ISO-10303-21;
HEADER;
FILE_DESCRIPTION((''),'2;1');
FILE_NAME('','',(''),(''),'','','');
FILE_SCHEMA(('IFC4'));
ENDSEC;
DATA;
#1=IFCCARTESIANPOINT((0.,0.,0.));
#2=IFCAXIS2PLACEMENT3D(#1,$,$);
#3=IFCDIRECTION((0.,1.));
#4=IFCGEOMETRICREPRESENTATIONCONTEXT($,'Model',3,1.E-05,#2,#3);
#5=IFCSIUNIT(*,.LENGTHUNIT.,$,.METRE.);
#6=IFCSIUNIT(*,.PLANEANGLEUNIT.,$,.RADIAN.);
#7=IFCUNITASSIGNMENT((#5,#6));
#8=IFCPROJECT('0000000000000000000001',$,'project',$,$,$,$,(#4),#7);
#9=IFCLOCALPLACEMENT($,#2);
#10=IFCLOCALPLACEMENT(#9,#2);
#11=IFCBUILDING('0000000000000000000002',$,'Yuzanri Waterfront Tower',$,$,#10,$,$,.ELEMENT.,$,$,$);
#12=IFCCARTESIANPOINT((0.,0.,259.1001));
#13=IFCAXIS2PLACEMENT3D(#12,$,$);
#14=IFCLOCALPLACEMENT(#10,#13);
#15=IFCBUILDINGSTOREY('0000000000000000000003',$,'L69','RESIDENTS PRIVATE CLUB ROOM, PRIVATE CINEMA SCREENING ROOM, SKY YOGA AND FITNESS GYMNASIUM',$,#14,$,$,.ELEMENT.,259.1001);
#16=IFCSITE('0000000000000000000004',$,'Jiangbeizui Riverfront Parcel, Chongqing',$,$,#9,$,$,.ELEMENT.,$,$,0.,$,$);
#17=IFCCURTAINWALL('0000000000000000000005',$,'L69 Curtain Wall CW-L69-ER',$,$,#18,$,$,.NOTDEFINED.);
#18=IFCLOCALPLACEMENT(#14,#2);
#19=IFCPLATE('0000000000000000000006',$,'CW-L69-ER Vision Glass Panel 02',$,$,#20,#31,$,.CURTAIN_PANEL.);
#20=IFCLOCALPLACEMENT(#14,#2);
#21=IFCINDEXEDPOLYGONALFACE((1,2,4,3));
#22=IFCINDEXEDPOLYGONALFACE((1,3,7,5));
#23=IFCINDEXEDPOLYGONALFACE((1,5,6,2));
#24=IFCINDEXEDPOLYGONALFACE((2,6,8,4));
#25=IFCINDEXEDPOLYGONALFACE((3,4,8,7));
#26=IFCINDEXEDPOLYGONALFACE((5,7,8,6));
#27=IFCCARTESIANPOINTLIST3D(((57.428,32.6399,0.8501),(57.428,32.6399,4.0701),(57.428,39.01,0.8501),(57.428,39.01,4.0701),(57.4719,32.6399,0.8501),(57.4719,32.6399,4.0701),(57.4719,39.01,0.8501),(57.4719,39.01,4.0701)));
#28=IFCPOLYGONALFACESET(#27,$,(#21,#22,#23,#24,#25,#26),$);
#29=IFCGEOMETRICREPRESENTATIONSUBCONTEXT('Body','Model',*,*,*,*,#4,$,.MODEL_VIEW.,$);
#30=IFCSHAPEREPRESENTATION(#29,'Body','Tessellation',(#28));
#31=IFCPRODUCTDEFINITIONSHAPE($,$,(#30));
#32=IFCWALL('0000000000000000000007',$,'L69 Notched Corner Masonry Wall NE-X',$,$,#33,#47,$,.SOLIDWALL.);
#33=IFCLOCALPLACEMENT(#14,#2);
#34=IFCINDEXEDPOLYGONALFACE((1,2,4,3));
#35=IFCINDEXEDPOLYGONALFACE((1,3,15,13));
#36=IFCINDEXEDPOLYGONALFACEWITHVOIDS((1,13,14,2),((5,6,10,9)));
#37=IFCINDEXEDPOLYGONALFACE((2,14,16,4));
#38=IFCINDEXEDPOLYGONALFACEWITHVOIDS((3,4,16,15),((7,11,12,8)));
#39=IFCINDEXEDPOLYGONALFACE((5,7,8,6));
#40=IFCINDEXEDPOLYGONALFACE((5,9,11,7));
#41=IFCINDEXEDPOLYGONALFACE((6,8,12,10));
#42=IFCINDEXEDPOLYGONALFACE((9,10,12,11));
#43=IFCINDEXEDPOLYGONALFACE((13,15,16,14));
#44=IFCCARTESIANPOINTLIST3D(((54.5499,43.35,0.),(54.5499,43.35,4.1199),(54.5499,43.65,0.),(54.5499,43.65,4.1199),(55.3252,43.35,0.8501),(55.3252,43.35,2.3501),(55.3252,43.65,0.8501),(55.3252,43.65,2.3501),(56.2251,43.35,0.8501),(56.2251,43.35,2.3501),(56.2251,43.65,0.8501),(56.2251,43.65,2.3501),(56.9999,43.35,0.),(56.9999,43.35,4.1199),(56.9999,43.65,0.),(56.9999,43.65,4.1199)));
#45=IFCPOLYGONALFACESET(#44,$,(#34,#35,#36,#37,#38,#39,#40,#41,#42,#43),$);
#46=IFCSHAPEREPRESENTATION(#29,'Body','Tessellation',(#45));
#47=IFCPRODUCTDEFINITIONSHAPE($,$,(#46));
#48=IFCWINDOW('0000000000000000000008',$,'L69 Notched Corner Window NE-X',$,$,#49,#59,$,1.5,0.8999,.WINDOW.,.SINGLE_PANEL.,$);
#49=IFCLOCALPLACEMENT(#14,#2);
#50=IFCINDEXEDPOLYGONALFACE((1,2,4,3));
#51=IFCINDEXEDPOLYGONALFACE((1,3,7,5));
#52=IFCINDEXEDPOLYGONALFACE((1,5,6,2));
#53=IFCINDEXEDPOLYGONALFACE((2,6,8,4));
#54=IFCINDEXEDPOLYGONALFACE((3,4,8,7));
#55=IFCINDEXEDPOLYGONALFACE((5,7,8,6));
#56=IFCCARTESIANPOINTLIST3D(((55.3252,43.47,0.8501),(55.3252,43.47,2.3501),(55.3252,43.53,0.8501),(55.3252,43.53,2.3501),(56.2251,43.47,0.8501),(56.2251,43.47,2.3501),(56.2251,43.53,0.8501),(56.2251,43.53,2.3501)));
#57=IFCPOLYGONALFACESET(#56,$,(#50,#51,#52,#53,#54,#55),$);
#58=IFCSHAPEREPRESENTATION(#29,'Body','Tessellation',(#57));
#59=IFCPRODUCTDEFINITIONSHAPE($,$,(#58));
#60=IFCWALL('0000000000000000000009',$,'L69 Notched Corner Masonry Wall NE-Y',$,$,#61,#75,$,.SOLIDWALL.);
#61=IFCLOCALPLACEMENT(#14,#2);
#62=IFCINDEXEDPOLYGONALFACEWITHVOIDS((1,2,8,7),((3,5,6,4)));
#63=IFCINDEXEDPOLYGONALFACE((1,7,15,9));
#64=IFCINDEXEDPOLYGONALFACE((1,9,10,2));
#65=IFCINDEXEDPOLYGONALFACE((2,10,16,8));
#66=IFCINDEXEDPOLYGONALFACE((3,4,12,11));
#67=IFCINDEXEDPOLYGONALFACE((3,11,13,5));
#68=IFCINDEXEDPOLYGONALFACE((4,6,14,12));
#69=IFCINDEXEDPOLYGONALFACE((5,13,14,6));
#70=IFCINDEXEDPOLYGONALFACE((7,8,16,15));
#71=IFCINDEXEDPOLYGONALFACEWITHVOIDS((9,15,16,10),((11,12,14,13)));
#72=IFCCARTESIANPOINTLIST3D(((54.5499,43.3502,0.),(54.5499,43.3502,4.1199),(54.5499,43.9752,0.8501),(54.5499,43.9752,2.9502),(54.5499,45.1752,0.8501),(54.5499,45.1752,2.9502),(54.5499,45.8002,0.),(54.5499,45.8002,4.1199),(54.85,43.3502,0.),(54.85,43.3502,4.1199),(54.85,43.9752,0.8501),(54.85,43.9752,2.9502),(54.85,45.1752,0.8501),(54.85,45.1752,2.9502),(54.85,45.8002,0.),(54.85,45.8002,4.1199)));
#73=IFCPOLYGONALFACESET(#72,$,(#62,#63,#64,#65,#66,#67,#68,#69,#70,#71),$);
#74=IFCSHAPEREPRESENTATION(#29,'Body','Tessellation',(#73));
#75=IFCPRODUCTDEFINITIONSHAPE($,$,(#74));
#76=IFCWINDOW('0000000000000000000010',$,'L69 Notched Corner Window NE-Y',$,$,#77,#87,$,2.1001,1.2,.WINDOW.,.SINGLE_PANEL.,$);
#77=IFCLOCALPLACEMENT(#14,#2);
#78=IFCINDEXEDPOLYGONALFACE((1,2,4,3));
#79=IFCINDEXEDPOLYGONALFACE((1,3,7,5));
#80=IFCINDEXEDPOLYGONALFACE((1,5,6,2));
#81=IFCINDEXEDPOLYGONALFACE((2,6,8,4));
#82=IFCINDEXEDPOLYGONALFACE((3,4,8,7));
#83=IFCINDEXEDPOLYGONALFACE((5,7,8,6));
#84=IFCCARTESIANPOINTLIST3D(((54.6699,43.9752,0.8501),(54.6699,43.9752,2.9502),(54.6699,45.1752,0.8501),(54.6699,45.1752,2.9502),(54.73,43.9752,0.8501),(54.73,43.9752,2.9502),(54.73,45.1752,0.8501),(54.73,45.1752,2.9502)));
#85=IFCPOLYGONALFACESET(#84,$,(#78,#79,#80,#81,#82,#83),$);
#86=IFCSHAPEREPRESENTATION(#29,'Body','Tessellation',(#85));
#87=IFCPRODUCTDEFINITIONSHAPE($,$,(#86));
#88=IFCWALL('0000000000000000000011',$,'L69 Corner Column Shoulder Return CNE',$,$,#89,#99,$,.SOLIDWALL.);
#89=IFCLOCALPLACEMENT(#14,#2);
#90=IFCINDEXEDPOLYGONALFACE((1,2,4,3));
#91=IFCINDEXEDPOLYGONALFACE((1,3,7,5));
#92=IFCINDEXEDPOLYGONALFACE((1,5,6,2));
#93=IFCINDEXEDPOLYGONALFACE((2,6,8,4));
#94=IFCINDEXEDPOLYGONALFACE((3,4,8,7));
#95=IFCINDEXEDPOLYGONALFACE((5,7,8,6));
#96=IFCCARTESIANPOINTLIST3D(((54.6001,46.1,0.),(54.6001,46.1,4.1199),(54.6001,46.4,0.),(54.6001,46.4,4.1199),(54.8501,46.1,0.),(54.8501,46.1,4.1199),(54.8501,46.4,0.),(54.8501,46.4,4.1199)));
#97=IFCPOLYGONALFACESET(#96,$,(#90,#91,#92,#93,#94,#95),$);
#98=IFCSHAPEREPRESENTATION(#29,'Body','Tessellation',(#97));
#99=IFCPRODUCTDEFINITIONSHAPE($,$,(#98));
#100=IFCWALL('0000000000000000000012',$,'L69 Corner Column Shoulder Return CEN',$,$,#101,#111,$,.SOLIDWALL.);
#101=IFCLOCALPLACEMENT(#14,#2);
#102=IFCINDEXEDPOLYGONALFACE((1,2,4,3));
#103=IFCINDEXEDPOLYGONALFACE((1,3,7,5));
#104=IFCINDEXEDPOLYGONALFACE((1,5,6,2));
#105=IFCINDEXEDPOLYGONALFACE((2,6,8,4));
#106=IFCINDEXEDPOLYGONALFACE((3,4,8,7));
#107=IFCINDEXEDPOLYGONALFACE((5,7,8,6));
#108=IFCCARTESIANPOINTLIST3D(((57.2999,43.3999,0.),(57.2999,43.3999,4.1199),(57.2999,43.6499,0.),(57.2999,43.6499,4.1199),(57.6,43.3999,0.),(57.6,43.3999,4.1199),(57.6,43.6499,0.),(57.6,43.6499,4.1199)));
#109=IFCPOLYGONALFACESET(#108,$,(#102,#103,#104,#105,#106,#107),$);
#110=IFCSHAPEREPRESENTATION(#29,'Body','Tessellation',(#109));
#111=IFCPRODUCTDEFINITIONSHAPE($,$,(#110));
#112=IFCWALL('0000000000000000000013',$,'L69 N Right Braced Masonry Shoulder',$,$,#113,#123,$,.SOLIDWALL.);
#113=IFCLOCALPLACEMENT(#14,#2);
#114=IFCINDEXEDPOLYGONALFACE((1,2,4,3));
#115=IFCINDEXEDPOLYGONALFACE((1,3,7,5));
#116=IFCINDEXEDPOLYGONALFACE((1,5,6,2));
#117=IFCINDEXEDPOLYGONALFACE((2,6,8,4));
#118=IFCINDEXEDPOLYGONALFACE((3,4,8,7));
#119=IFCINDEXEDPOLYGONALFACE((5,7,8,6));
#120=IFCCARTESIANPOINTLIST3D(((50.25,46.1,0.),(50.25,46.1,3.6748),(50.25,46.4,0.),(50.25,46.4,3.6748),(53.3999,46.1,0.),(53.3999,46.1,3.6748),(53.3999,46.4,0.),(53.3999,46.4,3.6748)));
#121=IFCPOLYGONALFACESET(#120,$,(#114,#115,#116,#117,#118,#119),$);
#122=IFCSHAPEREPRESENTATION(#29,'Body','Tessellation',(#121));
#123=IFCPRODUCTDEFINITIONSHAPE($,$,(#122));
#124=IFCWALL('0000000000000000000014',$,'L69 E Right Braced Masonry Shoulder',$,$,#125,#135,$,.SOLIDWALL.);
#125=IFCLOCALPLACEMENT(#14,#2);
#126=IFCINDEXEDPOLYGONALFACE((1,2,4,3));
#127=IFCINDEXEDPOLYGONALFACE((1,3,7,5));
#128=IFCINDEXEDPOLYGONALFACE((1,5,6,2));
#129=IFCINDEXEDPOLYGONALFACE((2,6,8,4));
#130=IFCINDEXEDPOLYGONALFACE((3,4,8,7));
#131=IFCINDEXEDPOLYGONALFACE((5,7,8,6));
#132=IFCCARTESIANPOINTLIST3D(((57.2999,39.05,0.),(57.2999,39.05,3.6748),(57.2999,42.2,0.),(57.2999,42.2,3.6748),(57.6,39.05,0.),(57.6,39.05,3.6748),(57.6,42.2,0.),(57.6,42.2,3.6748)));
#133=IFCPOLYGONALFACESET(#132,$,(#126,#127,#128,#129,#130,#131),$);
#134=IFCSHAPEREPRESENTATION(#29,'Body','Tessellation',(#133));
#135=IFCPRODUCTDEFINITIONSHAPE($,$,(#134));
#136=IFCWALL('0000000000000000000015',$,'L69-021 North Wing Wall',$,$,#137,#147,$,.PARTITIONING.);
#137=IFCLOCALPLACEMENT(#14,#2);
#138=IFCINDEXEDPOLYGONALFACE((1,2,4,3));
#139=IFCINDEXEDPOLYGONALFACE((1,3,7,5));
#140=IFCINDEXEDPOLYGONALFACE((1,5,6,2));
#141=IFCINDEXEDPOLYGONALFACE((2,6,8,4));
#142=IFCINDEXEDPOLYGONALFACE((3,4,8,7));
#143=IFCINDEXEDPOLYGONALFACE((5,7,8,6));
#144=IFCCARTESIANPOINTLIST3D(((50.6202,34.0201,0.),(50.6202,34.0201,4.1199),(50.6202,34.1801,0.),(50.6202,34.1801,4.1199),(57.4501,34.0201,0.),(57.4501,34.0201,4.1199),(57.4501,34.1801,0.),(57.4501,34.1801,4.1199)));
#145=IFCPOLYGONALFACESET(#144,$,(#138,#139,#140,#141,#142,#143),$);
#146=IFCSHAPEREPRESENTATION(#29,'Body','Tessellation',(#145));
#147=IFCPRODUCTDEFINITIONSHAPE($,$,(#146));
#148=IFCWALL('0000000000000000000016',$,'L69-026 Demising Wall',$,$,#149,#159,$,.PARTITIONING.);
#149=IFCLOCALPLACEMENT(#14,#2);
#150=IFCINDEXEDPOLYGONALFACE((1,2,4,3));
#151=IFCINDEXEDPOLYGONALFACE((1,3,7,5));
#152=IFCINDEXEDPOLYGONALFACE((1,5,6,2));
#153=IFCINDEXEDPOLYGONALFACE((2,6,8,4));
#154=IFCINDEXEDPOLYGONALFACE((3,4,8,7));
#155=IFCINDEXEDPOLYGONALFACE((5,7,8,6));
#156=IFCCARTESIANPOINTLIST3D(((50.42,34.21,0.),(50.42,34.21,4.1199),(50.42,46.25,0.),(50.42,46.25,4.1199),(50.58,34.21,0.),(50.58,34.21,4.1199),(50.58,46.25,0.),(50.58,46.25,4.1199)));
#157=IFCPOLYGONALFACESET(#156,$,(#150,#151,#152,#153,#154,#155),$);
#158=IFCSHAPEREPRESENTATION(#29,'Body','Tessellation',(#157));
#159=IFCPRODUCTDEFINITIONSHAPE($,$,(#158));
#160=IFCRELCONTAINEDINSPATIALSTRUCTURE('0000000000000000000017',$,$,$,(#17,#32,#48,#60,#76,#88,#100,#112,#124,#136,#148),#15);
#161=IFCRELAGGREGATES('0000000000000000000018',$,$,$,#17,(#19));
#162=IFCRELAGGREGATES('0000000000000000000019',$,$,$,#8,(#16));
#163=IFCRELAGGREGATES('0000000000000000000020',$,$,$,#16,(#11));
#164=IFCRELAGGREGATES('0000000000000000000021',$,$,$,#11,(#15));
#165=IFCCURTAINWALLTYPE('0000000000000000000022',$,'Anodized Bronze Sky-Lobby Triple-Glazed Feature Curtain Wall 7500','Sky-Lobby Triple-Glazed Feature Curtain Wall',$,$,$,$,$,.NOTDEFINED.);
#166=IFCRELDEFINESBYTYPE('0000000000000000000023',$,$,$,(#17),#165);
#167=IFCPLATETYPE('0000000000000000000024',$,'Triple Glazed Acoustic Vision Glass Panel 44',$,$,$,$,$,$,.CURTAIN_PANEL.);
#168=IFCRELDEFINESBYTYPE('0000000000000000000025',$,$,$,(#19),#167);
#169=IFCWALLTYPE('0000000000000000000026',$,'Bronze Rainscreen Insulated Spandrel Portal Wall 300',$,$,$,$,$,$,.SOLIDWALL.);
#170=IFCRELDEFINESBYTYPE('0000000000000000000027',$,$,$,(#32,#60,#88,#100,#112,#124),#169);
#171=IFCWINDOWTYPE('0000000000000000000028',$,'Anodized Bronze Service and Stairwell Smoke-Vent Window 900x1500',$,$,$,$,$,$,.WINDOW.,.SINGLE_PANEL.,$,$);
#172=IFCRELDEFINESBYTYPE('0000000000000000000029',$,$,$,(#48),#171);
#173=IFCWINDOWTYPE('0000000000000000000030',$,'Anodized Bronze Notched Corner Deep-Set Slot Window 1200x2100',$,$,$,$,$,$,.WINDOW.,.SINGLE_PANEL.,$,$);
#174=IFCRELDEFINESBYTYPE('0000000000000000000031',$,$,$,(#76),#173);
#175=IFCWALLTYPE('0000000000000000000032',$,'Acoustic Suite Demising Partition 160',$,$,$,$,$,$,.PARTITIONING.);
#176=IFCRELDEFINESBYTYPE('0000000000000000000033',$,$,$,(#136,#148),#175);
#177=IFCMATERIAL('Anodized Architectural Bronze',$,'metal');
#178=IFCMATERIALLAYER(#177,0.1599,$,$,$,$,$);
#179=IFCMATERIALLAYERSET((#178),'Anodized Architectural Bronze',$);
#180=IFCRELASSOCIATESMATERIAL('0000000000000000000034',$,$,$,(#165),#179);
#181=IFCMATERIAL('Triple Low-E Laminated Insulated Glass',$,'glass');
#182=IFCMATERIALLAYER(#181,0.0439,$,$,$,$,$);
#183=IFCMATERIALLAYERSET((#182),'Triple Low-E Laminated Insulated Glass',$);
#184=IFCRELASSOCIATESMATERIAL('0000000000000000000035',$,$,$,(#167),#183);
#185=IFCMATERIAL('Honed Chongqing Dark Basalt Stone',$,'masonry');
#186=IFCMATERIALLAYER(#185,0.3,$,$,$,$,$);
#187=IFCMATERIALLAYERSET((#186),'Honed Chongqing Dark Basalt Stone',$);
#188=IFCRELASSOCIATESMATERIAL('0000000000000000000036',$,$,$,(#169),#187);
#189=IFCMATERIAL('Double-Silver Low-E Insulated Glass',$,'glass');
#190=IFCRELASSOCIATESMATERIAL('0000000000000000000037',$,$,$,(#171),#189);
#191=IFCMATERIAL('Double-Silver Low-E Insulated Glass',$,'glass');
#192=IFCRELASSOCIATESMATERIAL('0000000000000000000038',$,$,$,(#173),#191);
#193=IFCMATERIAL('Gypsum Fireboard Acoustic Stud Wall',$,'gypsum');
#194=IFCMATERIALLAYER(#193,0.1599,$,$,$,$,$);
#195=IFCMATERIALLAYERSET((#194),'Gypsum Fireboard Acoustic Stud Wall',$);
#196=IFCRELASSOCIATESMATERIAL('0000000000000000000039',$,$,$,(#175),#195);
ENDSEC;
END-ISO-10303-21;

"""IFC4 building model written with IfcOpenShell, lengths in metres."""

from ifc_helpers import new_model, si_unit, direction, frame, frame_2d, origin, origin_2d, place, context, subcontext, project, spatial, rectangle, extrude, source, transform, mapped, material, layer, layer_set, type_object, element, fill, aggregate, save


model = new_model("IFC4")

# Units and contexts
model_context = context("Model", 3, precision=1e-05, world=origin(), true_north=direction((0.0, 1.0)))
body_context = subcontext(model_context, "Body", "Model", "MODEL_VIEW")
ifc_project = project(units=[si_unit("LENGTHUNIT", "METRE"), si_unit("PLANEANGLEUNIT", "RADIAN")], contexts=[model_context])

# Site, building, storey
site_placement = place(None, origin())
site = spatial("IfcSite", under=ifc_project, at=site_placement, Name="Jiangbeizui Riverfront Parcel, Chongqing", CompositionType="ELEMENT", RefElevation=0.0)
building_placement = place(site_placement, origin())
building = spatial("IfcBuilding", under=site, at=building_placement, Name="Yuzanri Waterfront Tower", CompositionType="ELEMENT")
storey_placement = place(building_placement, frame((0.0, 0.0, 259.1001)))
storey = spatial("IfcBuildingStorey", under=building, at=storey_placement, Name="L69", Description="RESIDENTS PRIVATE CLUB ROOM, PRIVATE CINEMA SCREENING ROOM, SKY YOGA AND FITNESS GYMNASIUM", CompositionType="ELEMENT", Elevation=259.1001)

# Shared definitions
ifc_material_1 = material(Name="Anodized Architectural Bronze", Category="metal")
ifc_layer_1 = layer(ifc_material_1, 0.1599)
ifc_layer_set_1 = layer_set([ifc_layer_1], Name="Anodized Architectural Bronze")
curtain_wall_type = type_object("IfcCurtainWallType", Name="Anodized Bronze Sky-Lobby Triple-Glazed Feature Curtain Wall 7500", Description="Sky-Lobby Triple-Glazed Feature Curtain Wall", PredefinedType="NOTDEFINED", material=ifc_layer_set_1)

# Curtain wall
curtain_wall_1_placement = place(storey_placement, origin())
curtain_wall_1 = element("IfcCurtainWall", 1, at=curtain_wall_1_placement, inside=storey, type_object=curtain_wall_type, Name="L69 Curtain Wall CW-L69-ER", PredefinedType="NOTDEFINED")

# Plate
ifc_material_2 = material(Name="Triple Low-E Laminated Insulated Glass", Category="glass")
ifc_layer_2 = layer(ifc_material_2, 0.0439)
ifc_layer_set_2 = layer_set([ifc_layer_2], Name="Triple Low-E Laminated Insulated Glass")
plate_type_1 = type_object("IfcPlateType", Name="Triple Glazed Acoustic Vision Glass Panel 44", PredefinedType="CURTAIN_PANEL", material=ifc_layer_set_2)
shared_shape_1 = source(origin(), body_context, "Body", "SweptSolid", [
    extrude(rectangle(XDim=6.3701, YDim=0.0439, at=origin_2d()), origin(), (0.0, 0.0, 1.0), 3.22),
])
plate_1_placement = place(storey_placement, frame((57.45, 35.825, 0.8501), z_axis=(0.0, 0.0, 1.0), x_axis=(0.0, 1.0, 0.0)))
plate_1 = element("IfcPlate", 2, at=plate_1_placement, type_object=plate_type_1, Name="CW-L69-ER Vision Glass Panel 02", PredefinedType="CURTAIN_PANEL", context=body_context, shape_type="MappedRepresentation", body=[
    mapped(shared_shape_1, transform((0.0, 0.0, 0.0), scale=1.0)),
])
aggregate(curtain_wall_1, [plate_1])

# Walls, openings, windows
ifc_material_3 = material(Name="Honed Chongqing Dark Basalt Stone", Category="masonry")
ifc_layer_3 = layer(ifc_material_3, 0.3)
ifc_layer_set_3 = layer_set([ifc_layer_3], Name="Honed Chongqing Dark Basalt Stone")
wall_type_1 = type_object("IfcWallType", Name="Bronze Rainscreen Insulated Spandrel Portal Wall 300", PredefinedType="SOLIDWALL", material=ifc_layer_set_3)
wall_1_placement = place(storey_placement, frame((57.0, 43.5, 0.0), z_axis=(0.0, 0.0, 1.0), x_axis=(-1.0, 0.0, 0.0)))
wall_1 = element("IfcWall", 3, at=wall_1_placement, inside=storey, type_object=wall_type_1, Name="L69 Notched Corner Masonry Wall NE-X", PredefinedType="SOLIDWALL", context=body_context, shape_type="SweptSolid", body=[
    extrude(rectangle(XDim=2.45, YDim=0.3, at=frame_2d((1.2251, 0.0))), origin(), (0.0, 0.0, 1.0), 4.1199),
])
opening_1_placement = place(wall_1_placement, frame((0.7749, 0.0, 0.8501)))
opening_1 = element("IfcOpeningElement", 4, at=opening_1_placement, cuts=wall_1, PredefinedType="OPENING", context=body_context, shape_type="SweptSolid", body=[
    extrude(rectangle(XDim=0.8999, YDim=1.5, at=frame_2d((0.45, 0.75))), frame((0.0, 0.165, 0.0), z_axis=(0.0, -1.0, 0.0), x_axis=(1.0, 0.0, 0.0)), (0.0, 0.0, 1.0), 0.3298),
])
ifc_material_4 = material(Name="Double-Silver Low-E Insulated Glass", Category="glass")
window_type_1 = type_object("IfcWindowType", Name="Anodized Bronze Service and Stairwell Smoke-Vent Window 900x1500", PartitioningType="SINGLE_PANEL", PredefinedType="WINDOW", material=ifc_material_4)
shared_shape_2 = source(origin(), body_context, "Body", "SweptSolid", [
    extrude(rectangle(XDim=0.8999, YDim=1.5, at=frame_2d((0.45, 0.75))), frame((0.0, 0.03, 0.0), z_axis=(0.0, -1.0, 0.0), x_axis=(1.0, 0.0, 0.0)), (0.0, 0.0, 1.0), 0.0601),
])
window_1_placement = place(opening_1_placement, origin())
window_1 = element("IfcWindow", 5, at=window_1_placement, inside=storey, type_object=window_type_1, Name="L69 Notched Corner Window NE-X", OverallHeight=1.5, OverallWidth=0.8999, PartitioningType="SINGLE_PANEL", PredefinedType="WINDOW", context=body_context, shape_type="MappedRepresentation", body=[
    mapped(shared_shape_2, transform((0.0, 0.0, 0.0), scale=1.0)),
])
fill(opening_1, window_1)
wall_2_placement = place(storey_placement, frame((54.7, 43.3501, 0.0), z_axis=(0.0, 0.0, 1.0), x_axis=(0.0, 1.0, 0.0)))
wall_2 = element("IfcWall", 6, at=wall_2_placement, inside=storey, type_object=wall_type_1, Name="L69 Notched Corner Masonry Wall NE-Y", PredefinedType="SOLIDWALL", context=body_context, shape_type="SweptSolid", body=[
    extrude(rectangle(XDim=2.45, YDim=0.3, at=frame_2d((1.2251, 0.0))), origin(), (0.0, 0.0, 1.0), 4.1199),
])
opening_2_placement = place(wall_2_placement, frame((0.625, 0.0, 0.8501)))
opening_2 = element("IfcOpeningElement", 7, at=opening_2_placement, cuts=wall_2, PredefinedType="OPENING", context=body_context, shape_type="SweptSolid", body=[
    extrude(rectangle(XDim=1.2, YDim=2.1001, at=frame_2d((0.6001, 1.05))), frame((0.0, 0.165, 0.0), z_axis=(0.0, -1.0, 0.0), x_axis=(1.0, 0.0, 0.0)), (0.0, 0.0, 1.0), 0.3298),
])
ifc_material_5 = material(Name="Double-Silver Low-E Insulated Glass", Category="glass")
window_type_2 = type_object("IfcWindowType", Name="Anodized Bronze Notched Corner Deep-Set Slot Window 1200x2100", PartitioningType="SINGLE_PANEL", PredefinedType="WINDOW", material=ifc_material_5)
shared_shape_3 = source(origin(), body_context, "Body", "SweptSolid", [
    extrude(rectangle(XDim=1.2, YDim=2.1001, at=frame_2d((0.6001, 1.05))), frame((0.0, 0.03, 0.0), z_axis=(0.0, -1.0, 0.0), x_axis=(1.0, 0.0, 0.0)), (0.0, 0.0, 1.0), 0.0601),
])
window_2_placement = place(opening_2_placement, origin())
window_2 = element("IfcWindow", 8, at=window_2_placement, inside=storey, type_object=window_type_2, Name="L69 Notched Corner Window NE-Y", OverallHeight=2.1001, OverallWidth=1.2, PartitioningType="SINGLE_PANEL", PredefinedType="WINDOW", context=body_context, shape_type="MappedRepresentation", body=[
    mapped(shared_shape_3, transform((0.0, 0.0, 0.0), scale=1.0)),
])
fill(opening_2, window_2)

# Walls
shared_shape_4 = source(origin(), body_context, "Body", "SweptSolid", [
    extrude(rectangle(XDim=0.25, YDim=0.3, at=frame_2d((0.125, 0.0))), origin(), (0.0, 0.0, 1.0), 4.1199),
])
for number, where, z_axis, x_axis, name in (
    (9, (54.6001, 46.25, 0.0), (0.0, 0.0, 1.0), (1.0, 0.0, 0.0), "L69 Corner Column Shoulder Return CNE"),
    (10, (57.45, 43.3999, 0.0), (0.0, 0.0, 1.0), (0.0, 1.0, 0.0), "L69 Corner Column Shoulder Return CEN"),
):
    element("IfcWall", number, at=place(storey_placement, frame(where, z_axis=z_axis, x_axis=x_axis)), inside=storey, type_object=wall_type_1, Name=name, PredefinedType="SOLIDWALL", context=body_context, shape_type="MappedRepresentation", body=[
        mapped(shared_shape_4, transform((0.0, 0.0, 0.0), scale=1.0)),
    ])
shared_shape_5 = source(origin(), body_context, "Body", "SweptSolid", [
    extrude(rectangle(XDim=3.1499, YDim=0.3, at=frame_2d((1.575, 0.0))), origin(), (0.0, 0.0, 1.0), 3.6748),
])
for number, where, z_axis, x_axis, name in (
    (11, (50.25, 46.25, 0.0), (0.0, 0.0, 1.0), (1.0, 0.0, 0.0), "L69 N Right Braced Masonry Shoulder"),
    (12, (57.45, 39.05, 0.0), (0.0, 0.0, 1.0), (0.0, 1.0, 0.0), "L69 E Right Braced Masonry Shoulder"),
):
    element("IfcWall", number, at=place(storey_placement, frame(where, z_axis=z_axis, x_axis=x_axis)), inside=storey, type_object=wall_type_1, Name=name, PredefinedType="SOLIDWALL", context=body_context, shape_type="MappedRepresentation", body=[
        mapped(shared_shape_5, transform((0.0, 0.0, 0.0), scale=1.0)),
    ])
ifc_material_6 = material(Name="Gypsum Fireboard Acoustic Stud Wall", Category="gypsum")
ifc_layer_4 = layer(ifc_material_6, 0.1599)
ifc_layer_set_4 = layer_set([ifc_layer_4], Name="Gypsum Fireboard Acoustic Stud Wall")
wall_type_2 = type_object("IfcWallType", Name="Acoustic Suite Demising Partition 160", PredefinedType="PARTITIONING", material=ifc_layer_set_4)
shared_shape_6 = source(origin(), body_context, "Body", "SweptSolid", [
    extrude(rectangle(XDim=6.8298, YDim=0.1599, at=frame_2d((3.415, 0.0))), origin(), (0.0, 0.0, 1.0), 4.1199),
])
wall_3_placement = place(storey_placement, frame((50.6201, 34.1001, 0.0), z_axis=(0.0, 0.0, 1.0), x_axis=(1.0, 0.0, 0.0)))
element("IfcWall", 13, at=wall_3_placement, inside=storey, type_object=wall_type_2, Name="L69-021 North Wing Wall", PredefinedType="PARTITIONING", context=body_context, shape_type="MappedRepresentation", body=[
    mapped(shared_shape_6, transform((0.0, 0.0, 0.0), scale=1.0)),
])
shared_shape_7 = source(origin(), body_context, "Body", "SweptSolid", [
    extrude(rectangle(XDim=12.04, YDim=0.1599, at=frame_2d((6.02, 0.0))), origin(), (0.0, 0.0, 1.0), 4.1199),
])
wall_4_placement = place(storey_placement, frame((50.5, 34.21, 0.0), z_axis=(0.0, 0.0, 1.0), x_axis=(0.0, 1.0, 0.0)))
element("IfcWall", 14, at=wall_4_placement, inside=storey, type_object=wall_type_2, Name="L69-026 Demising Wall", PredefinedType="PARTITIONING", context=body_context, shape_type="MappedRepresentation", body=[
    mapped(shared_shape_7, transform((0.0, 0.0, 0.0), scale=1.0)),
])

save(model, "model.ifc")
